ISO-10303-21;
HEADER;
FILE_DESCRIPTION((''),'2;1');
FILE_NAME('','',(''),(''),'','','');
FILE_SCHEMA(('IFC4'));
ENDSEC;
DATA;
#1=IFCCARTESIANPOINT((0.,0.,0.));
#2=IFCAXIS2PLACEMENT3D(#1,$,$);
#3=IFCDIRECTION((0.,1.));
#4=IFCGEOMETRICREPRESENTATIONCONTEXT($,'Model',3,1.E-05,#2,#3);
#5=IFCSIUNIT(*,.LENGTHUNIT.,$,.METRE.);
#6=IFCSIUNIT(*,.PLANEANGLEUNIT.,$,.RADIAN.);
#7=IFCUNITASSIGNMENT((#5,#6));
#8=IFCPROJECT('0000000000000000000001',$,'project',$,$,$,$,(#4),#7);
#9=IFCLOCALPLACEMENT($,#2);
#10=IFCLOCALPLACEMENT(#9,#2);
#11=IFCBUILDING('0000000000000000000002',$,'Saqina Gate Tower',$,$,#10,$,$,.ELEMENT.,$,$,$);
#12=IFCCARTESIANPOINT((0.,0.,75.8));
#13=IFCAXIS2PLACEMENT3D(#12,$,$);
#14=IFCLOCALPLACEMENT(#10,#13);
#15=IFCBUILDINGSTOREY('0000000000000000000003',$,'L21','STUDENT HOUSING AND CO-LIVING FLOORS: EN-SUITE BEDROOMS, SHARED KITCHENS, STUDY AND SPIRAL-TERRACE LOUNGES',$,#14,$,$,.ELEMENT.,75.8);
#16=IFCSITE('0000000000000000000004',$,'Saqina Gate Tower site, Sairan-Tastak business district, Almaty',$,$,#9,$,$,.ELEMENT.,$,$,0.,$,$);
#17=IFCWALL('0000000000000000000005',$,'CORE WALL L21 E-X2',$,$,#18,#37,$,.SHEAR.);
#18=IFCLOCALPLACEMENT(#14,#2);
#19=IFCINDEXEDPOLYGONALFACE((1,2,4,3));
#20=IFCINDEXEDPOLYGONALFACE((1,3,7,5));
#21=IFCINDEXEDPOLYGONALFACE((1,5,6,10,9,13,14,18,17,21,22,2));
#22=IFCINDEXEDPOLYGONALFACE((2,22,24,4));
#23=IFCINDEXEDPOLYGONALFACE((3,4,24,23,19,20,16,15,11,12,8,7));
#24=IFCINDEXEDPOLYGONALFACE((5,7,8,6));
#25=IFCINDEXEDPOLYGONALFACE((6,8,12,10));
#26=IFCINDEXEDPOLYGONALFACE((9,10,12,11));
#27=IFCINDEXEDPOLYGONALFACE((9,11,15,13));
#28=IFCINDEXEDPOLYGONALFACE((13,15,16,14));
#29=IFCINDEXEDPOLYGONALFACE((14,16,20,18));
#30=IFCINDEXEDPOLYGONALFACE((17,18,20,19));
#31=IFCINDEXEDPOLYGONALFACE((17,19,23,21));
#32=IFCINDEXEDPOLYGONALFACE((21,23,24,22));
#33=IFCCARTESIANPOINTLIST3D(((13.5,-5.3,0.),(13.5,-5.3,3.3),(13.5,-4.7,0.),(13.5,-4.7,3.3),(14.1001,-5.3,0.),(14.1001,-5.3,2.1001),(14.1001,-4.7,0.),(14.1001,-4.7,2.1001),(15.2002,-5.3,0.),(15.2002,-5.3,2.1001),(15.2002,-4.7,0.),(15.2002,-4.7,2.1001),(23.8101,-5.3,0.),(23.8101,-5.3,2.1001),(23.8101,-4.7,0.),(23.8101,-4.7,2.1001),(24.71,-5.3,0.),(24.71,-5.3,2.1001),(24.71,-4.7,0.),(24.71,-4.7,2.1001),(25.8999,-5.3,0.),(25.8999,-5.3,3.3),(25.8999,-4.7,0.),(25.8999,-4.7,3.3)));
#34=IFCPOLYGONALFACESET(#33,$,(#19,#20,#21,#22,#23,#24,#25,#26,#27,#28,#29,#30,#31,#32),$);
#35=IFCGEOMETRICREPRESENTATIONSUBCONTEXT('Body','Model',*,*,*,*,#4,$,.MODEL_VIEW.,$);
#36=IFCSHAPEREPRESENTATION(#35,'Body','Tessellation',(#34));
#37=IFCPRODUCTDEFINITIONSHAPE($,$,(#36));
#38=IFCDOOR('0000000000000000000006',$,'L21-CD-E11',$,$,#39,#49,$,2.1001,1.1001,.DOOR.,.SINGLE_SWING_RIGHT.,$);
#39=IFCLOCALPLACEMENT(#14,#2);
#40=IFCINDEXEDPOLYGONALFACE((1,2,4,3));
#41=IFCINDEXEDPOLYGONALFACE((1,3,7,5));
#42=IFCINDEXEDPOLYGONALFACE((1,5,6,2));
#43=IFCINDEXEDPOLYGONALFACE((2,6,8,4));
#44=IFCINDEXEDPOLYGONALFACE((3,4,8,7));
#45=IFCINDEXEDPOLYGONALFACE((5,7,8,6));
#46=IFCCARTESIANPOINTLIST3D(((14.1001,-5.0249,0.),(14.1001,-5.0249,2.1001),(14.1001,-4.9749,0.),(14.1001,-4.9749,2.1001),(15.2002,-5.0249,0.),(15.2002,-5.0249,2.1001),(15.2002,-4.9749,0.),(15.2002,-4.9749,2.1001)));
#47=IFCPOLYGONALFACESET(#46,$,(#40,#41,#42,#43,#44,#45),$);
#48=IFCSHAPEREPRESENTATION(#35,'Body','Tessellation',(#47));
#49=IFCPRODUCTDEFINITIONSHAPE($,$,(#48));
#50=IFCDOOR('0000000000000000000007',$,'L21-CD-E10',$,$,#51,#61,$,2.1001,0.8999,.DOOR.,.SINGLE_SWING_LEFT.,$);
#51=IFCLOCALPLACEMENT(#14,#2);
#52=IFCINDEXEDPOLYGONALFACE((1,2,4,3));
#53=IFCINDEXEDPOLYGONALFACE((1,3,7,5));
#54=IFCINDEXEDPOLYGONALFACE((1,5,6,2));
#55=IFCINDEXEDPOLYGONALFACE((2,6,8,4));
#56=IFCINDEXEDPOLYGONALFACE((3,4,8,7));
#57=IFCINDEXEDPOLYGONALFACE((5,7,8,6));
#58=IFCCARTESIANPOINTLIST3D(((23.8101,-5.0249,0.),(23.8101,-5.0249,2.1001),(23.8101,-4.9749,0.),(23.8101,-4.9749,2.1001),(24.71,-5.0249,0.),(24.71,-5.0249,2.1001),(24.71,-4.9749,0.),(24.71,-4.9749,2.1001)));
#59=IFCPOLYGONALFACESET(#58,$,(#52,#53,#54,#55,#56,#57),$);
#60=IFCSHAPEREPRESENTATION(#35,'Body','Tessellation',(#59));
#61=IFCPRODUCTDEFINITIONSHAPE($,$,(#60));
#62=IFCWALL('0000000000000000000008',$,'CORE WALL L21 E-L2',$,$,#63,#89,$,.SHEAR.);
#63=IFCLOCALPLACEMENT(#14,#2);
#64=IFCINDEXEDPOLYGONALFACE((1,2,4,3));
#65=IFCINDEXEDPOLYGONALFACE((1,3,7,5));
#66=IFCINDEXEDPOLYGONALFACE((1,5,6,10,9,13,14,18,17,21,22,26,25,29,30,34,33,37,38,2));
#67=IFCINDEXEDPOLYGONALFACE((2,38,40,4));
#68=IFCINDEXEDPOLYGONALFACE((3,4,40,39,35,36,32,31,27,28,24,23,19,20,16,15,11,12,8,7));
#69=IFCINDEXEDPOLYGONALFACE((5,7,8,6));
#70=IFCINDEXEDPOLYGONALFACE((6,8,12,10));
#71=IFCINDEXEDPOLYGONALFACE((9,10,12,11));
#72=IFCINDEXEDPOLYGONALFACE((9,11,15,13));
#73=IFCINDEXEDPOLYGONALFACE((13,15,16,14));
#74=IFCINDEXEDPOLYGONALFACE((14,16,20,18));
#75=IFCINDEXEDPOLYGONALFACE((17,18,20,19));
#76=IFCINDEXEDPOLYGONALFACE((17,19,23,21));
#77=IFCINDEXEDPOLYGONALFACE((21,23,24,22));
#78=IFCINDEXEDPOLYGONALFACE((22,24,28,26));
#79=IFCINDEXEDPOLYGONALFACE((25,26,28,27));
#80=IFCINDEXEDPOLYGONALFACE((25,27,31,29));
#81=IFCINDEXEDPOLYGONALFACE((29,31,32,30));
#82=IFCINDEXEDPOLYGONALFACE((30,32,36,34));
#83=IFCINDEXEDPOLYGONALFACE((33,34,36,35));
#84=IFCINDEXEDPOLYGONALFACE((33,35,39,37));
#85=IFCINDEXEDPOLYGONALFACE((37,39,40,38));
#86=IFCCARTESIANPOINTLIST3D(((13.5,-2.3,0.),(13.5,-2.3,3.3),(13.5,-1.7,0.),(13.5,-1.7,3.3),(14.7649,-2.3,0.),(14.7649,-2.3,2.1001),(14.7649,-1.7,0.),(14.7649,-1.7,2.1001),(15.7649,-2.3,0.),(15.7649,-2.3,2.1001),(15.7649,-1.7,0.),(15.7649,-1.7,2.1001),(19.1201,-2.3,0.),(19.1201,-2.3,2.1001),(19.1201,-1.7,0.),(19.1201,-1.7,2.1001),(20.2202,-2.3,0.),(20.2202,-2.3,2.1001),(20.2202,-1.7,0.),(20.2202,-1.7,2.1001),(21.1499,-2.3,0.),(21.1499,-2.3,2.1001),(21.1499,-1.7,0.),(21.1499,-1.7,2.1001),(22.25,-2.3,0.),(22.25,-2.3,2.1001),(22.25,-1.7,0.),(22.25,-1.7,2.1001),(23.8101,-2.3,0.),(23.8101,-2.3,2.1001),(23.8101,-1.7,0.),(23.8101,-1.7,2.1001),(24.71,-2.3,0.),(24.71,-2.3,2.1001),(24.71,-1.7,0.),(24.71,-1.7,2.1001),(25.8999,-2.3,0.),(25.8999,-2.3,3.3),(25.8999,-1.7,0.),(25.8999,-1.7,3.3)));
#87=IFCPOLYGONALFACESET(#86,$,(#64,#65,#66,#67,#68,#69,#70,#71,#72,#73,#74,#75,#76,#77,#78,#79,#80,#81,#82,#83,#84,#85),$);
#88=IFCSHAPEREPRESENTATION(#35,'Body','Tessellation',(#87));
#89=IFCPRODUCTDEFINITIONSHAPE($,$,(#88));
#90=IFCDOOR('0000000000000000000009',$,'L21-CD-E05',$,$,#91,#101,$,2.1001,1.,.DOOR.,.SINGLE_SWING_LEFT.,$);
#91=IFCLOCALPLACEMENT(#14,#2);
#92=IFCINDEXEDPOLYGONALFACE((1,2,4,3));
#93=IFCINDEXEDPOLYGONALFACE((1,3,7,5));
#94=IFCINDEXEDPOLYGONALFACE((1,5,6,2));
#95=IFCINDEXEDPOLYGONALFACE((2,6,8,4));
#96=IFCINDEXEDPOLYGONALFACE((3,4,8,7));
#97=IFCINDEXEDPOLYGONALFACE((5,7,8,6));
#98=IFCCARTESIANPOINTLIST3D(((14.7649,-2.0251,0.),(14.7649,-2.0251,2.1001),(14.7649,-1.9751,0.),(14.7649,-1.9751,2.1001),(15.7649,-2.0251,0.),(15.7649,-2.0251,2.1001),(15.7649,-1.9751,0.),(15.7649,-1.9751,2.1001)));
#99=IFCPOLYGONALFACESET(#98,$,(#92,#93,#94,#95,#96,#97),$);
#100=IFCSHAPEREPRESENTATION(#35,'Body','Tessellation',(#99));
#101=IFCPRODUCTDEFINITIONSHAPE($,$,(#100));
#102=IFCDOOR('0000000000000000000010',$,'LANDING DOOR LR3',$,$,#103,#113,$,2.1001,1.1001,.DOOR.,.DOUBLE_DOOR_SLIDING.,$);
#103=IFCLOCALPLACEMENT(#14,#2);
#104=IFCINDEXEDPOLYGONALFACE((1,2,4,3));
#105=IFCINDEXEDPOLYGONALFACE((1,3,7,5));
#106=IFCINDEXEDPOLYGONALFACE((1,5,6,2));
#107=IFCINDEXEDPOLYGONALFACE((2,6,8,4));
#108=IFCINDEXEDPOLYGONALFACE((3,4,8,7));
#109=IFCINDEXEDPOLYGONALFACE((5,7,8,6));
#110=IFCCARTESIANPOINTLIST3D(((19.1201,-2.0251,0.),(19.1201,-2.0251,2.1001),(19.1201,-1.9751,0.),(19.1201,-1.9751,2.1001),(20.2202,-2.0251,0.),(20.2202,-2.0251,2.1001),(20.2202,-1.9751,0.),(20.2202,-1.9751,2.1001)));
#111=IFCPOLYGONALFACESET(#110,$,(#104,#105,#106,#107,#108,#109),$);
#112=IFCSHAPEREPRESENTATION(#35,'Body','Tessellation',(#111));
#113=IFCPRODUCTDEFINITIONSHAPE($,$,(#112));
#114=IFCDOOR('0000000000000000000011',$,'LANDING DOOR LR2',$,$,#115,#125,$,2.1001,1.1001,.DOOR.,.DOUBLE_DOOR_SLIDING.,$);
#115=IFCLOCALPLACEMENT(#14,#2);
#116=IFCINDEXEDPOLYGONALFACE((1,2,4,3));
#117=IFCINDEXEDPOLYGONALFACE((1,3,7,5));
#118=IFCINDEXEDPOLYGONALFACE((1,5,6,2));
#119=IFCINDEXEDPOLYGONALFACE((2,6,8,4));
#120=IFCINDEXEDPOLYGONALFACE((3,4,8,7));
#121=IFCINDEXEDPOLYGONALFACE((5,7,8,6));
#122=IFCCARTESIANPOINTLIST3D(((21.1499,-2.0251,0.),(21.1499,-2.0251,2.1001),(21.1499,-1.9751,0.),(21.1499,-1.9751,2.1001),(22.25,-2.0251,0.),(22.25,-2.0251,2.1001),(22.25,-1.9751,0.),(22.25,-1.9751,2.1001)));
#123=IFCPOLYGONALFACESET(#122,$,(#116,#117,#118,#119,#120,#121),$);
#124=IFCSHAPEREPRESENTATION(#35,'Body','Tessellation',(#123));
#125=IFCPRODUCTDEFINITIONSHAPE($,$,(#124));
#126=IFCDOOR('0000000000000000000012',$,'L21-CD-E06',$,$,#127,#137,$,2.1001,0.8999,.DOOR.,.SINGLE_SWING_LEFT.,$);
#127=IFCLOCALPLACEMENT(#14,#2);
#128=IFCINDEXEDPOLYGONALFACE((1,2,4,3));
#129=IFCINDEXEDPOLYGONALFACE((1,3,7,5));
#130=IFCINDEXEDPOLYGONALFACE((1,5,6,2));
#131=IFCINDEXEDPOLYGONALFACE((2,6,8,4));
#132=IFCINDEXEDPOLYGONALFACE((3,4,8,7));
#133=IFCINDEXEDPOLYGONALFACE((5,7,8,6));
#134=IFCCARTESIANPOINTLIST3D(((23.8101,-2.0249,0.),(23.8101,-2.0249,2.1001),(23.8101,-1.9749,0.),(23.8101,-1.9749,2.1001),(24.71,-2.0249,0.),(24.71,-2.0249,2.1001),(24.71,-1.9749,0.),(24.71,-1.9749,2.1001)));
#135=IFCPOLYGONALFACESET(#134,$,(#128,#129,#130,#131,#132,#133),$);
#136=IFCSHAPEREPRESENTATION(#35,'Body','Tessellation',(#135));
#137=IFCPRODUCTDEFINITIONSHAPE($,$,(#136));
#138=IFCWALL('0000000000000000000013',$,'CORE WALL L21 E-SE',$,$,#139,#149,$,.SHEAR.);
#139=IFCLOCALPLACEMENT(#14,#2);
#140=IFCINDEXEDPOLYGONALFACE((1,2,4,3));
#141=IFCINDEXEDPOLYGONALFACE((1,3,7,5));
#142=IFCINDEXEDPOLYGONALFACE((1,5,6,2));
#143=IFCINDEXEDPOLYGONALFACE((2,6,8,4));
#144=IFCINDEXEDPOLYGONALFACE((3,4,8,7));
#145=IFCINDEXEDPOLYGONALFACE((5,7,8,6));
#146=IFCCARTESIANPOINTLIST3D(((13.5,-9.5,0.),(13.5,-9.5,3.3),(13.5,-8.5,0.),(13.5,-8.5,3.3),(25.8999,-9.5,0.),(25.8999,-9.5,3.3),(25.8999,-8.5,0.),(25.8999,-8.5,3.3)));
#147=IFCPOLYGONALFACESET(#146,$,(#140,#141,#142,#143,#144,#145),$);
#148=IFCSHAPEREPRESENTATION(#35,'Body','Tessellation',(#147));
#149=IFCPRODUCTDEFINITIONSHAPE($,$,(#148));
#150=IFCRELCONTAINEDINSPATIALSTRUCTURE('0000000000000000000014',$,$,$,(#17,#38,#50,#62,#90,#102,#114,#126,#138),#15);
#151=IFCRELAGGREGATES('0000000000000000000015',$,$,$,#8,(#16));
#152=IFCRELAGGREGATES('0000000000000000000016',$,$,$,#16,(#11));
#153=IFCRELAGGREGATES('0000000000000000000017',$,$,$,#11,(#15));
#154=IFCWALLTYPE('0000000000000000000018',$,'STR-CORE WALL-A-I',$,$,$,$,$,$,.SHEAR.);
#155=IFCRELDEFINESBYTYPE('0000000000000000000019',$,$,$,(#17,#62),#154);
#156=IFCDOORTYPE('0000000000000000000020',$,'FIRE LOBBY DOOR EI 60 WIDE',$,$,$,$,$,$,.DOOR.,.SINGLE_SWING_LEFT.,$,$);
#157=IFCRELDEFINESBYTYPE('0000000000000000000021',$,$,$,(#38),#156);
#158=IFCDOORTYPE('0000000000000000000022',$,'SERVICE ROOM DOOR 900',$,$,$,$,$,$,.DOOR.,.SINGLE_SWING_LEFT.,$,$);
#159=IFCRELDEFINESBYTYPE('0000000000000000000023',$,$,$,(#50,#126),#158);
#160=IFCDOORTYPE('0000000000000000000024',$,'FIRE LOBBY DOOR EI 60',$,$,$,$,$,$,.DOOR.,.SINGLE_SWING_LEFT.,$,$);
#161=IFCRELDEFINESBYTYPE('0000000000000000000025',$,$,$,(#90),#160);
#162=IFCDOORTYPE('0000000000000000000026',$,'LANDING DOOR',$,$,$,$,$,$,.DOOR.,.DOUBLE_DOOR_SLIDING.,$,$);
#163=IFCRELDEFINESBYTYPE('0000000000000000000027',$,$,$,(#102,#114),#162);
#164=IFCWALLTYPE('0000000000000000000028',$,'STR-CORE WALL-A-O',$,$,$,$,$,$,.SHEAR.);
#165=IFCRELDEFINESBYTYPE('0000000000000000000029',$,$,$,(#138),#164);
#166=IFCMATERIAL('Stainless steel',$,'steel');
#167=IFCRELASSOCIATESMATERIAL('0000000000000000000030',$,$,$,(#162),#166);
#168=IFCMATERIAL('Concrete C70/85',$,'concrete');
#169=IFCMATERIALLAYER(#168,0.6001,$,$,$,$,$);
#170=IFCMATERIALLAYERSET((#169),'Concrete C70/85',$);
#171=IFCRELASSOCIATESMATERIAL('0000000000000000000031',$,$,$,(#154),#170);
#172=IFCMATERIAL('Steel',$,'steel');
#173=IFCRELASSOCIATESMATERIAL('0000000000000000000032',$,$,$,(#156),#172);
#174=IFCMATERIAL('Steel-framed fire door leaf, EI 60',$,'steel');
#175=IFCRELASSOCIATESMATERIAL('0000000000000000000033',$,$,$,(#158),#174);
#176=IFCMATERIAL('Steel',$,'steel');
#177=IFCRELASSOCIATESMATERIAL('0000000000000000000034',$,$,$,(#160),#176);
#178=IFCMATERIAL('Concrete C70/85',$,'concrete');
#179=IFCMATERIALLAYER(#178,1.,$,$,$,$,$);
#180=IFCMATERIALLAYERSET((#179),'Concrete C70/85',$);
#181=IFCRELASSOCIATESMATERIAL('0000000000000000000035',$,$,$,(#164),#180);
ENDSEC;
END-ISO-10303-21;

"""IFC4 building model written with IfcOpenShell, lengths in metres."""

from ifc_helpers import new_model, si_unit, direction, frame, frame_2d, origin, place, context, subcontext, project, spatial, rectangle, extrude, material, layer, layer_set, type_object, element, fill, save


model = new_model("IFC4")

# Units and contexts
model_context = context("Model", 3, precision=1e-05, world=origin(), true_north=direction((0.0, 1.0)))
body_context = subcontext(model_context, "Body", "Model", "MODEL_VIEW")
ifc_project = project(units=[si_unit("LENGTHUNIT", "METRE"), si_unit("PLANEANGLEUNIT", "RADIAN")], contexts=[model_context])

# Site, building, storey
site_placement = place(None, origin())
site = spatial("IfcSite", under=ifc_project, at=site_placement, Name="Saqina Gate Tower site, Sairan-Tastak business district, Almaty", CompositionType="ELEMENT", RefElevation=0.0)
building_placement = place(site_placement, origin())
building = spatial("IfcBuilding", under=site, at=building_placement, Name="Saqina Gate Tower", CompositionType="ELEMENT")
storey_placement = place(building_placement, frame((0.0, 0.0, 75.8)))
storey = spatial("IfcBuildingStorey", under=building, at=storey_placement, Name="L21", Description="STUDENT HOUSING AND CO-LIVING FLOORS: EN-SUITE BEDROOMS, SHARED KITCHENS, STUDY AND SPIRAL-TERRACE LOUNGES", CompositionType="ELEMENT", Elevation=75.8)

# Shared definitions
ifc_material_1 = material(Name="Stainless steel", Category="steel")
door_type_1 = type_object("IfcDoorType", Name="LANDING DOOR", OperationType="DOUBLE_DOOR_SLIDING", PredefinedType="DOOR", material=ifc_material_1)

# Walls, openings, doors
ifc_material_2 = material(Name="Concrete C70/85", Category="concrete")
ifc_layer_1 = layer(ifc_material_2, 0.6001)
ifc_layer_set_1 = layer_set([ifc_layer_1], Name="Concrete C70/85")
wall_type_1 = type_object("IfcWallType", Name="STR-CORE WALL-A-I", PredefinedType="SHEAR", material=ifc_layer_set_1)
wall_1_placement = place(storey_placement, frame((13.5, -5.0, 0.0), z_axis=(0.0, 0.0, 1.0), x_axis=(1.0, 0.0, 0.0)))
wall_1 = element("IfcWall", 1, at=wall_1_placement, inside=storey, type_object=wall_type_1, Name="CORE WALL L21 E-X2", PredefinedType="SHEAR", context=body_context, shape_type="SweptSolid", body=[
    extrude(rectangle(XDim=12.3999, YDim=0.6001, at=frame_2d((6.2, 0.0))), origin(), (0.0, 0.0, 1.0), 3.3),
])
opening_1_placement = place(wall_1_placement, frame((10.3101, 0.0, 0.0)))
opening_1 = element("IfcOpeningElement", 2, at=opening_1_placement, cuts=wall_1, PredefinedType="OPENING", context=body_context, shape_type="SweptSolid", body=[
    extrude(rectangle(XDim=0.8999, YDim=2.1001, at=frame_2d((0.45, 1.05))), frame((0.0, 0.312, 0.0), z_axis=(0.0, -1.0, 0.0), x_axis=(1.0, 0.0, 0.0)), (0.0, 0.0, 1.0), 0.624),
])
opening_2_placement = place(wall_1_placement, frame((0.6001, 0.0, 0.0)))
opening_2 = element("IfcOpeningElement", 3, at=opening_2_placement, cuts=wall_1, PredefinedType="OPENING", context=body_context, shape_type="SweptSolid", body=[
    extrude(rectangle(XDim=1.1001, YDim=2.1001, at=frame_2d((0.55, 1.05))), frame((0.0, 0.312, 0.0), z_axis=(0.0, -1.0, 0.0), x_axis=(1.0, 0.0, 0.0)), (0.0, 0.0, 1.0), 0.624),
])
ifc_material_3 = material(Name="Steel", Category="steel")
door_type_2 = type_object("IfcDoorType", Name="FIRE LOBBY DOOR EI 60 WIDE", OperationType="SINGLE_SWING_LEFT", PredefinedType="DOOR", material=ifc_material_3)
door_1_placement = place(opening_2_placement, frame((1.1001, 0.0, 0.0), z_axis=(0.0, 0.0, 1.0), x_axis=(-1.0, 0.0, 0.0)))
door_1 = element("IfcDoor", 4, at=door_1_placement, inside=storey, type_object=door_type_2, Name="L21-CD-E11", OperationType="SINGLE_SWING_RIGHT", OverallHeight=2.1001, OverallWidth=1.1001, PredefinedType="DOOR", context=body_context, shape_type="SweptSolid", body=[
    extrude(rectangle(XDim=1.1001, YDim=2.1001, at=frame_2d((0.55, 1.05))), frame((0.0, 0.0249, 0.0), z_axis=(0.0, -1.0, 0.0), x_axis=(1.0, 0.0, 0.0)), (0.0, 0.0, 1.0), 0.05),
])
fill(opening_2, door_1)
ifc_material_4 = material(Name="Steel-framed fire door leaf, EI 60", Category="steel")
door_type_3 = type_object("IfcDoorType", Name="SERVICE ROOM DOOR 900", OperationType="SINGLE_SWING_LEFT", PredefinedType="DOOR", material=ifc_material_4)
door_2_placement = place(opening_1_placement, frame((0.8999, 0.0, 0.0), z_axis=(0.0, 0.0, 1.0), x_axis=(-1.0, 0.0, 0.0)))
door_2 = element("IfcDoor", 5, at=door_2_placement, inside=storey, type_object=door_type_3, Name="L21-CD-E10", OperationType="SINGLE_SWING_LEFT", OverallHeight=2.1001, OverallWidth=0.8999, PredefinedType="DOOR", context=body_context, shape_type="SweptSolid", body=[
    extrude(rectangle(XDim=0.8999, YDim=2.1001, at=frame_2d((0.45, 1.05))), frame((0.0, 0.0249, 0.0), z_axis=(0.0, -1.0, 0.0), x_axis=(1.0, 0.0, 0.0)), (0.0, 0.0, 1.0), 0.05),
])
fill(opening_1, door_2)
wall_2_placement = place(storey_placement, frame((13.5, -2.0, 0.0), z_axis=(0.0, 0.0, 1.0), x_axis=(1.0, 0.0, 0.0)))
wall_2 = element("IfcWall", 6, at=wall_2_placement, inside=storey, type_object=wall_type_1, Name="CORE WALL L21 E-L2", PredefinedType="SHEAR", context=body_context, shape_type="SweptSolid", body=[
    extrude(rectangle(XDim=12.3999, YDim=0.6001, at=frame_2d((6.2, 0.0))), origin(), (0.0, 0.0, 1.0), 3.3),
])
opening_3_placement = place(wall_2_placement, frame((5.6201, 0.0, 0.0)))
opening_3 = element("IfcOpeningElement", 7, at=opening_3_placement, cuts=wall_2, PredefinedType="OPENING", context=body_context, shape_type="SweptSolid", body=[
    extrude(rectangle(XDim=1.1001, YDim=2.1001, at=frame_2d((0.55, 1.05))), frame((0.0, 0.312, 0.0), z_axis=(0.0, -1.0, 0.0), x_axis=(1.0, 0.0, 0.0)), (0.0, 0.0, 1.0), 0.624),
])
opening_4_placement = place(wall_2_placement, frame((7.6499, 0.0, 0.0)))
opening_4 = element("IfcOpeningElement", 8, at=opening_4_placement, cuts=wall_2, PredefinedType="OPENING", context=body_context, shape_type="SweptSolid", body=[
    extrude(rectangle(XDim=1.1001, YDim=2.1001, at=frame_2d((0.55, 1.05))), frame((0.0, 0.312, 0.0), z_axis=(0.0, -1.0, 0.0), x_axis=(1.0, 0.0, 0.0)), (0.0, 0.0, 1.0), 0.624),
])
opening_5_placement = place(wall_2_placement, frame((1.2649, 0.0, 0.0)))
opening_5 = element("IfcOpeningElement", 9, at=opening_5_placement, cuts=wall_2, PredefinedType="OPENING", context=body_context, shape_type="SweptSolid", body=[
    extrude(rectangle(XDim=1.0, YDim=2.1001, at=frame_2d((0.5, 1.05))), frame((0.0, 0.312, 0.0), z_axis=(0.0, -1.0, 0.0), x_axis=(1.0, 0.0, 0.0)), (0.0, 0.0, 1.0), 0.624),
])
opening_6_placement = place(wall_2_placement, frame((10.3101, 0.0, 0.0)))
opening_6 = element("IfcOpeningElement", 10, at=opening_6_placement, cuts=wall_2, PredefinedType="OPENING", context=body_context, shape_type="SweptSolid", body=[
    extrude(rectangle(XDim=0.8999, YDim=2.1001, at=frame_2d((0.45, 1.05))), frame((0.0, 0.312, 0.0), z_axis=(0.0, -1.0, 0.0), x_axis=(1.0, 0.0, 0.0)), (0.0, 0.0, 1.0), 0.624),
])
ifc_material_5 = material(Name="Steel", Category="steel")
door_type_4 = type_object("IfcDoorType", Name="FIRE LOBBY DOOR EI 60", OperationType="SINGLE_SWING_LEFT", PredefinedType="DOOR", material=ifc_material_5)
door_3_placement = place(opening_5_placement, origin())
door_3 = element("IfcDoor", 11, at=door_3_placement, inside=storey, type_object=door_type_4, Name="L21-CD-E05", OperationType="SINGLE_SWING_LEFT", OverallHeight=2.1001, OverallWidth=1.0, PredefinedType="DOOR", context=body_context, shape_type="SweptSolid", body=[
    extrude(rectangle(XDim=1.0, YDim=2.1001, at=frame_2d((0.5, 1.05))), frame((0.0, 0.0249, 0.0), z_axis=(0.0, -1.0, 0.0), x_axis=(1.0, 0.0, 0.0)), (0.0, 0.0, 1.0), 0.05),
])
fill(opening_5, door_3)
door_4_placement = place(opening_3_placement, origin())
door_4 = element("IfcDoor", 12, at=door_4_placement, inside=storey, type_object=door_type_1, Name="LANDING DOOR LR3", OperationType="DOUBLE_DOOR_SLIDING", OverallHeight=2.1001, OverallWidth=1.1001, PredefinedType="DOOR", context=body_context, shape_type="SweptSolid", body=[
    extrude(rectangle(XDim=1.1001, YDim=2.1001, at=frame_2d((0.55, 1.05))), frame((0.0, 0.0249, 0.0), z_axis=(0.0, -1.0, 0.0), x_axis=(1.0, 0.0, 0.0)), (0.0, 0.0, 1.0), 0.05),
])
fill(opening_3, door_4)
door_5_placement = place(opening_4_placement, origin())
door_5 = element("IfcDoor", 13, at=door_5_placement, inside=storey, type_object=door_type_1, Name="LANDING DOOR LR2", OperationType="DOUBLE_DOOR_SLIDING", OverallHeight=2.1001, OverallWidth=1.1001, PredefinedType="DOOR", context=body_context, shape_type="SweptSolid", body=[
    extrude(rectangle(XDim=1.1001, YDim=2.1001, at=frame_2d((0.55, 1.05))), frame((0.0, 0.0249, 0.0), z_axis=(0.0, -1.0, 0.0), x_axis=(1.0, 0.0, 0.0)), (0.0, 0.0, 1.0), 0.05),
])
fill(opening_4, door_5)
door_6_placement = place(opening_6_placement, frame((0.8999, 0.0, 0.0), z_axis=(0.0, 0.0, 1.0), x_axis=(-1.0, 0.0, 0.0)))
door_6 = element("IfcDoor", 14, at=door_6_placement, inside=storey, type_object=door_type_3, Name="L21-CD-E06", OperationType="SINGLE_SWING_LEFT", OverallHeight=2.1001, OverallWidth=0.8999, PredefinedType="DOOR", context=body_context, shape_type="SweptSolid", body=[
    extrude(rectangle(XDim=0.8999, YDim=2.1001, at=frame_2d((0.45, 1.05))), frame((0.0, 0.0249, 0.0), z_axis=(0.0, -1.0, 0.0), x_axis=(1.0, 0.0, 0.0)), (0.0, 0.0, 1.0), 0.05),
])
fill(opening_6, door_6)
ifc_material_6 = material(Name="Concrete C70/85", Category="concrete")
ifc_layer_2 = layer(ifc_material_6, 1.0)
ifc_layer_set_2 = layer_set([ifc_layer_2], Name="Concrete C70/85")
wall_type_2 = type_object("IfcWallType", Name="STR-CORE WALL-A-O", PredefinedType="SHEAR", material=ifc_layer_set_2)

# Wall
wall_3_placement = place(storey_placement, frame((13.5, -9.0, 0.0), z_axis=(0.0, 0.0, 1.0), x_axis=(1.0, 0.0, 0.0)))
element("IfcWall", 15, at=wall_3_placement, inside=storey, type_object=wall_type_2, Name="CORE WALL L21 E-SE", PredefinedType="SHEAR", context=body_context, shape_type="SweptSolid", body=[
    extrude(rectangle(XDim=12.3999, YDim=1.0, at=frame_2d((6.2, 0.0))), origin(), (0.0, 0.0, 1.0), 3.3),
])

save(model, "model.ifc")
